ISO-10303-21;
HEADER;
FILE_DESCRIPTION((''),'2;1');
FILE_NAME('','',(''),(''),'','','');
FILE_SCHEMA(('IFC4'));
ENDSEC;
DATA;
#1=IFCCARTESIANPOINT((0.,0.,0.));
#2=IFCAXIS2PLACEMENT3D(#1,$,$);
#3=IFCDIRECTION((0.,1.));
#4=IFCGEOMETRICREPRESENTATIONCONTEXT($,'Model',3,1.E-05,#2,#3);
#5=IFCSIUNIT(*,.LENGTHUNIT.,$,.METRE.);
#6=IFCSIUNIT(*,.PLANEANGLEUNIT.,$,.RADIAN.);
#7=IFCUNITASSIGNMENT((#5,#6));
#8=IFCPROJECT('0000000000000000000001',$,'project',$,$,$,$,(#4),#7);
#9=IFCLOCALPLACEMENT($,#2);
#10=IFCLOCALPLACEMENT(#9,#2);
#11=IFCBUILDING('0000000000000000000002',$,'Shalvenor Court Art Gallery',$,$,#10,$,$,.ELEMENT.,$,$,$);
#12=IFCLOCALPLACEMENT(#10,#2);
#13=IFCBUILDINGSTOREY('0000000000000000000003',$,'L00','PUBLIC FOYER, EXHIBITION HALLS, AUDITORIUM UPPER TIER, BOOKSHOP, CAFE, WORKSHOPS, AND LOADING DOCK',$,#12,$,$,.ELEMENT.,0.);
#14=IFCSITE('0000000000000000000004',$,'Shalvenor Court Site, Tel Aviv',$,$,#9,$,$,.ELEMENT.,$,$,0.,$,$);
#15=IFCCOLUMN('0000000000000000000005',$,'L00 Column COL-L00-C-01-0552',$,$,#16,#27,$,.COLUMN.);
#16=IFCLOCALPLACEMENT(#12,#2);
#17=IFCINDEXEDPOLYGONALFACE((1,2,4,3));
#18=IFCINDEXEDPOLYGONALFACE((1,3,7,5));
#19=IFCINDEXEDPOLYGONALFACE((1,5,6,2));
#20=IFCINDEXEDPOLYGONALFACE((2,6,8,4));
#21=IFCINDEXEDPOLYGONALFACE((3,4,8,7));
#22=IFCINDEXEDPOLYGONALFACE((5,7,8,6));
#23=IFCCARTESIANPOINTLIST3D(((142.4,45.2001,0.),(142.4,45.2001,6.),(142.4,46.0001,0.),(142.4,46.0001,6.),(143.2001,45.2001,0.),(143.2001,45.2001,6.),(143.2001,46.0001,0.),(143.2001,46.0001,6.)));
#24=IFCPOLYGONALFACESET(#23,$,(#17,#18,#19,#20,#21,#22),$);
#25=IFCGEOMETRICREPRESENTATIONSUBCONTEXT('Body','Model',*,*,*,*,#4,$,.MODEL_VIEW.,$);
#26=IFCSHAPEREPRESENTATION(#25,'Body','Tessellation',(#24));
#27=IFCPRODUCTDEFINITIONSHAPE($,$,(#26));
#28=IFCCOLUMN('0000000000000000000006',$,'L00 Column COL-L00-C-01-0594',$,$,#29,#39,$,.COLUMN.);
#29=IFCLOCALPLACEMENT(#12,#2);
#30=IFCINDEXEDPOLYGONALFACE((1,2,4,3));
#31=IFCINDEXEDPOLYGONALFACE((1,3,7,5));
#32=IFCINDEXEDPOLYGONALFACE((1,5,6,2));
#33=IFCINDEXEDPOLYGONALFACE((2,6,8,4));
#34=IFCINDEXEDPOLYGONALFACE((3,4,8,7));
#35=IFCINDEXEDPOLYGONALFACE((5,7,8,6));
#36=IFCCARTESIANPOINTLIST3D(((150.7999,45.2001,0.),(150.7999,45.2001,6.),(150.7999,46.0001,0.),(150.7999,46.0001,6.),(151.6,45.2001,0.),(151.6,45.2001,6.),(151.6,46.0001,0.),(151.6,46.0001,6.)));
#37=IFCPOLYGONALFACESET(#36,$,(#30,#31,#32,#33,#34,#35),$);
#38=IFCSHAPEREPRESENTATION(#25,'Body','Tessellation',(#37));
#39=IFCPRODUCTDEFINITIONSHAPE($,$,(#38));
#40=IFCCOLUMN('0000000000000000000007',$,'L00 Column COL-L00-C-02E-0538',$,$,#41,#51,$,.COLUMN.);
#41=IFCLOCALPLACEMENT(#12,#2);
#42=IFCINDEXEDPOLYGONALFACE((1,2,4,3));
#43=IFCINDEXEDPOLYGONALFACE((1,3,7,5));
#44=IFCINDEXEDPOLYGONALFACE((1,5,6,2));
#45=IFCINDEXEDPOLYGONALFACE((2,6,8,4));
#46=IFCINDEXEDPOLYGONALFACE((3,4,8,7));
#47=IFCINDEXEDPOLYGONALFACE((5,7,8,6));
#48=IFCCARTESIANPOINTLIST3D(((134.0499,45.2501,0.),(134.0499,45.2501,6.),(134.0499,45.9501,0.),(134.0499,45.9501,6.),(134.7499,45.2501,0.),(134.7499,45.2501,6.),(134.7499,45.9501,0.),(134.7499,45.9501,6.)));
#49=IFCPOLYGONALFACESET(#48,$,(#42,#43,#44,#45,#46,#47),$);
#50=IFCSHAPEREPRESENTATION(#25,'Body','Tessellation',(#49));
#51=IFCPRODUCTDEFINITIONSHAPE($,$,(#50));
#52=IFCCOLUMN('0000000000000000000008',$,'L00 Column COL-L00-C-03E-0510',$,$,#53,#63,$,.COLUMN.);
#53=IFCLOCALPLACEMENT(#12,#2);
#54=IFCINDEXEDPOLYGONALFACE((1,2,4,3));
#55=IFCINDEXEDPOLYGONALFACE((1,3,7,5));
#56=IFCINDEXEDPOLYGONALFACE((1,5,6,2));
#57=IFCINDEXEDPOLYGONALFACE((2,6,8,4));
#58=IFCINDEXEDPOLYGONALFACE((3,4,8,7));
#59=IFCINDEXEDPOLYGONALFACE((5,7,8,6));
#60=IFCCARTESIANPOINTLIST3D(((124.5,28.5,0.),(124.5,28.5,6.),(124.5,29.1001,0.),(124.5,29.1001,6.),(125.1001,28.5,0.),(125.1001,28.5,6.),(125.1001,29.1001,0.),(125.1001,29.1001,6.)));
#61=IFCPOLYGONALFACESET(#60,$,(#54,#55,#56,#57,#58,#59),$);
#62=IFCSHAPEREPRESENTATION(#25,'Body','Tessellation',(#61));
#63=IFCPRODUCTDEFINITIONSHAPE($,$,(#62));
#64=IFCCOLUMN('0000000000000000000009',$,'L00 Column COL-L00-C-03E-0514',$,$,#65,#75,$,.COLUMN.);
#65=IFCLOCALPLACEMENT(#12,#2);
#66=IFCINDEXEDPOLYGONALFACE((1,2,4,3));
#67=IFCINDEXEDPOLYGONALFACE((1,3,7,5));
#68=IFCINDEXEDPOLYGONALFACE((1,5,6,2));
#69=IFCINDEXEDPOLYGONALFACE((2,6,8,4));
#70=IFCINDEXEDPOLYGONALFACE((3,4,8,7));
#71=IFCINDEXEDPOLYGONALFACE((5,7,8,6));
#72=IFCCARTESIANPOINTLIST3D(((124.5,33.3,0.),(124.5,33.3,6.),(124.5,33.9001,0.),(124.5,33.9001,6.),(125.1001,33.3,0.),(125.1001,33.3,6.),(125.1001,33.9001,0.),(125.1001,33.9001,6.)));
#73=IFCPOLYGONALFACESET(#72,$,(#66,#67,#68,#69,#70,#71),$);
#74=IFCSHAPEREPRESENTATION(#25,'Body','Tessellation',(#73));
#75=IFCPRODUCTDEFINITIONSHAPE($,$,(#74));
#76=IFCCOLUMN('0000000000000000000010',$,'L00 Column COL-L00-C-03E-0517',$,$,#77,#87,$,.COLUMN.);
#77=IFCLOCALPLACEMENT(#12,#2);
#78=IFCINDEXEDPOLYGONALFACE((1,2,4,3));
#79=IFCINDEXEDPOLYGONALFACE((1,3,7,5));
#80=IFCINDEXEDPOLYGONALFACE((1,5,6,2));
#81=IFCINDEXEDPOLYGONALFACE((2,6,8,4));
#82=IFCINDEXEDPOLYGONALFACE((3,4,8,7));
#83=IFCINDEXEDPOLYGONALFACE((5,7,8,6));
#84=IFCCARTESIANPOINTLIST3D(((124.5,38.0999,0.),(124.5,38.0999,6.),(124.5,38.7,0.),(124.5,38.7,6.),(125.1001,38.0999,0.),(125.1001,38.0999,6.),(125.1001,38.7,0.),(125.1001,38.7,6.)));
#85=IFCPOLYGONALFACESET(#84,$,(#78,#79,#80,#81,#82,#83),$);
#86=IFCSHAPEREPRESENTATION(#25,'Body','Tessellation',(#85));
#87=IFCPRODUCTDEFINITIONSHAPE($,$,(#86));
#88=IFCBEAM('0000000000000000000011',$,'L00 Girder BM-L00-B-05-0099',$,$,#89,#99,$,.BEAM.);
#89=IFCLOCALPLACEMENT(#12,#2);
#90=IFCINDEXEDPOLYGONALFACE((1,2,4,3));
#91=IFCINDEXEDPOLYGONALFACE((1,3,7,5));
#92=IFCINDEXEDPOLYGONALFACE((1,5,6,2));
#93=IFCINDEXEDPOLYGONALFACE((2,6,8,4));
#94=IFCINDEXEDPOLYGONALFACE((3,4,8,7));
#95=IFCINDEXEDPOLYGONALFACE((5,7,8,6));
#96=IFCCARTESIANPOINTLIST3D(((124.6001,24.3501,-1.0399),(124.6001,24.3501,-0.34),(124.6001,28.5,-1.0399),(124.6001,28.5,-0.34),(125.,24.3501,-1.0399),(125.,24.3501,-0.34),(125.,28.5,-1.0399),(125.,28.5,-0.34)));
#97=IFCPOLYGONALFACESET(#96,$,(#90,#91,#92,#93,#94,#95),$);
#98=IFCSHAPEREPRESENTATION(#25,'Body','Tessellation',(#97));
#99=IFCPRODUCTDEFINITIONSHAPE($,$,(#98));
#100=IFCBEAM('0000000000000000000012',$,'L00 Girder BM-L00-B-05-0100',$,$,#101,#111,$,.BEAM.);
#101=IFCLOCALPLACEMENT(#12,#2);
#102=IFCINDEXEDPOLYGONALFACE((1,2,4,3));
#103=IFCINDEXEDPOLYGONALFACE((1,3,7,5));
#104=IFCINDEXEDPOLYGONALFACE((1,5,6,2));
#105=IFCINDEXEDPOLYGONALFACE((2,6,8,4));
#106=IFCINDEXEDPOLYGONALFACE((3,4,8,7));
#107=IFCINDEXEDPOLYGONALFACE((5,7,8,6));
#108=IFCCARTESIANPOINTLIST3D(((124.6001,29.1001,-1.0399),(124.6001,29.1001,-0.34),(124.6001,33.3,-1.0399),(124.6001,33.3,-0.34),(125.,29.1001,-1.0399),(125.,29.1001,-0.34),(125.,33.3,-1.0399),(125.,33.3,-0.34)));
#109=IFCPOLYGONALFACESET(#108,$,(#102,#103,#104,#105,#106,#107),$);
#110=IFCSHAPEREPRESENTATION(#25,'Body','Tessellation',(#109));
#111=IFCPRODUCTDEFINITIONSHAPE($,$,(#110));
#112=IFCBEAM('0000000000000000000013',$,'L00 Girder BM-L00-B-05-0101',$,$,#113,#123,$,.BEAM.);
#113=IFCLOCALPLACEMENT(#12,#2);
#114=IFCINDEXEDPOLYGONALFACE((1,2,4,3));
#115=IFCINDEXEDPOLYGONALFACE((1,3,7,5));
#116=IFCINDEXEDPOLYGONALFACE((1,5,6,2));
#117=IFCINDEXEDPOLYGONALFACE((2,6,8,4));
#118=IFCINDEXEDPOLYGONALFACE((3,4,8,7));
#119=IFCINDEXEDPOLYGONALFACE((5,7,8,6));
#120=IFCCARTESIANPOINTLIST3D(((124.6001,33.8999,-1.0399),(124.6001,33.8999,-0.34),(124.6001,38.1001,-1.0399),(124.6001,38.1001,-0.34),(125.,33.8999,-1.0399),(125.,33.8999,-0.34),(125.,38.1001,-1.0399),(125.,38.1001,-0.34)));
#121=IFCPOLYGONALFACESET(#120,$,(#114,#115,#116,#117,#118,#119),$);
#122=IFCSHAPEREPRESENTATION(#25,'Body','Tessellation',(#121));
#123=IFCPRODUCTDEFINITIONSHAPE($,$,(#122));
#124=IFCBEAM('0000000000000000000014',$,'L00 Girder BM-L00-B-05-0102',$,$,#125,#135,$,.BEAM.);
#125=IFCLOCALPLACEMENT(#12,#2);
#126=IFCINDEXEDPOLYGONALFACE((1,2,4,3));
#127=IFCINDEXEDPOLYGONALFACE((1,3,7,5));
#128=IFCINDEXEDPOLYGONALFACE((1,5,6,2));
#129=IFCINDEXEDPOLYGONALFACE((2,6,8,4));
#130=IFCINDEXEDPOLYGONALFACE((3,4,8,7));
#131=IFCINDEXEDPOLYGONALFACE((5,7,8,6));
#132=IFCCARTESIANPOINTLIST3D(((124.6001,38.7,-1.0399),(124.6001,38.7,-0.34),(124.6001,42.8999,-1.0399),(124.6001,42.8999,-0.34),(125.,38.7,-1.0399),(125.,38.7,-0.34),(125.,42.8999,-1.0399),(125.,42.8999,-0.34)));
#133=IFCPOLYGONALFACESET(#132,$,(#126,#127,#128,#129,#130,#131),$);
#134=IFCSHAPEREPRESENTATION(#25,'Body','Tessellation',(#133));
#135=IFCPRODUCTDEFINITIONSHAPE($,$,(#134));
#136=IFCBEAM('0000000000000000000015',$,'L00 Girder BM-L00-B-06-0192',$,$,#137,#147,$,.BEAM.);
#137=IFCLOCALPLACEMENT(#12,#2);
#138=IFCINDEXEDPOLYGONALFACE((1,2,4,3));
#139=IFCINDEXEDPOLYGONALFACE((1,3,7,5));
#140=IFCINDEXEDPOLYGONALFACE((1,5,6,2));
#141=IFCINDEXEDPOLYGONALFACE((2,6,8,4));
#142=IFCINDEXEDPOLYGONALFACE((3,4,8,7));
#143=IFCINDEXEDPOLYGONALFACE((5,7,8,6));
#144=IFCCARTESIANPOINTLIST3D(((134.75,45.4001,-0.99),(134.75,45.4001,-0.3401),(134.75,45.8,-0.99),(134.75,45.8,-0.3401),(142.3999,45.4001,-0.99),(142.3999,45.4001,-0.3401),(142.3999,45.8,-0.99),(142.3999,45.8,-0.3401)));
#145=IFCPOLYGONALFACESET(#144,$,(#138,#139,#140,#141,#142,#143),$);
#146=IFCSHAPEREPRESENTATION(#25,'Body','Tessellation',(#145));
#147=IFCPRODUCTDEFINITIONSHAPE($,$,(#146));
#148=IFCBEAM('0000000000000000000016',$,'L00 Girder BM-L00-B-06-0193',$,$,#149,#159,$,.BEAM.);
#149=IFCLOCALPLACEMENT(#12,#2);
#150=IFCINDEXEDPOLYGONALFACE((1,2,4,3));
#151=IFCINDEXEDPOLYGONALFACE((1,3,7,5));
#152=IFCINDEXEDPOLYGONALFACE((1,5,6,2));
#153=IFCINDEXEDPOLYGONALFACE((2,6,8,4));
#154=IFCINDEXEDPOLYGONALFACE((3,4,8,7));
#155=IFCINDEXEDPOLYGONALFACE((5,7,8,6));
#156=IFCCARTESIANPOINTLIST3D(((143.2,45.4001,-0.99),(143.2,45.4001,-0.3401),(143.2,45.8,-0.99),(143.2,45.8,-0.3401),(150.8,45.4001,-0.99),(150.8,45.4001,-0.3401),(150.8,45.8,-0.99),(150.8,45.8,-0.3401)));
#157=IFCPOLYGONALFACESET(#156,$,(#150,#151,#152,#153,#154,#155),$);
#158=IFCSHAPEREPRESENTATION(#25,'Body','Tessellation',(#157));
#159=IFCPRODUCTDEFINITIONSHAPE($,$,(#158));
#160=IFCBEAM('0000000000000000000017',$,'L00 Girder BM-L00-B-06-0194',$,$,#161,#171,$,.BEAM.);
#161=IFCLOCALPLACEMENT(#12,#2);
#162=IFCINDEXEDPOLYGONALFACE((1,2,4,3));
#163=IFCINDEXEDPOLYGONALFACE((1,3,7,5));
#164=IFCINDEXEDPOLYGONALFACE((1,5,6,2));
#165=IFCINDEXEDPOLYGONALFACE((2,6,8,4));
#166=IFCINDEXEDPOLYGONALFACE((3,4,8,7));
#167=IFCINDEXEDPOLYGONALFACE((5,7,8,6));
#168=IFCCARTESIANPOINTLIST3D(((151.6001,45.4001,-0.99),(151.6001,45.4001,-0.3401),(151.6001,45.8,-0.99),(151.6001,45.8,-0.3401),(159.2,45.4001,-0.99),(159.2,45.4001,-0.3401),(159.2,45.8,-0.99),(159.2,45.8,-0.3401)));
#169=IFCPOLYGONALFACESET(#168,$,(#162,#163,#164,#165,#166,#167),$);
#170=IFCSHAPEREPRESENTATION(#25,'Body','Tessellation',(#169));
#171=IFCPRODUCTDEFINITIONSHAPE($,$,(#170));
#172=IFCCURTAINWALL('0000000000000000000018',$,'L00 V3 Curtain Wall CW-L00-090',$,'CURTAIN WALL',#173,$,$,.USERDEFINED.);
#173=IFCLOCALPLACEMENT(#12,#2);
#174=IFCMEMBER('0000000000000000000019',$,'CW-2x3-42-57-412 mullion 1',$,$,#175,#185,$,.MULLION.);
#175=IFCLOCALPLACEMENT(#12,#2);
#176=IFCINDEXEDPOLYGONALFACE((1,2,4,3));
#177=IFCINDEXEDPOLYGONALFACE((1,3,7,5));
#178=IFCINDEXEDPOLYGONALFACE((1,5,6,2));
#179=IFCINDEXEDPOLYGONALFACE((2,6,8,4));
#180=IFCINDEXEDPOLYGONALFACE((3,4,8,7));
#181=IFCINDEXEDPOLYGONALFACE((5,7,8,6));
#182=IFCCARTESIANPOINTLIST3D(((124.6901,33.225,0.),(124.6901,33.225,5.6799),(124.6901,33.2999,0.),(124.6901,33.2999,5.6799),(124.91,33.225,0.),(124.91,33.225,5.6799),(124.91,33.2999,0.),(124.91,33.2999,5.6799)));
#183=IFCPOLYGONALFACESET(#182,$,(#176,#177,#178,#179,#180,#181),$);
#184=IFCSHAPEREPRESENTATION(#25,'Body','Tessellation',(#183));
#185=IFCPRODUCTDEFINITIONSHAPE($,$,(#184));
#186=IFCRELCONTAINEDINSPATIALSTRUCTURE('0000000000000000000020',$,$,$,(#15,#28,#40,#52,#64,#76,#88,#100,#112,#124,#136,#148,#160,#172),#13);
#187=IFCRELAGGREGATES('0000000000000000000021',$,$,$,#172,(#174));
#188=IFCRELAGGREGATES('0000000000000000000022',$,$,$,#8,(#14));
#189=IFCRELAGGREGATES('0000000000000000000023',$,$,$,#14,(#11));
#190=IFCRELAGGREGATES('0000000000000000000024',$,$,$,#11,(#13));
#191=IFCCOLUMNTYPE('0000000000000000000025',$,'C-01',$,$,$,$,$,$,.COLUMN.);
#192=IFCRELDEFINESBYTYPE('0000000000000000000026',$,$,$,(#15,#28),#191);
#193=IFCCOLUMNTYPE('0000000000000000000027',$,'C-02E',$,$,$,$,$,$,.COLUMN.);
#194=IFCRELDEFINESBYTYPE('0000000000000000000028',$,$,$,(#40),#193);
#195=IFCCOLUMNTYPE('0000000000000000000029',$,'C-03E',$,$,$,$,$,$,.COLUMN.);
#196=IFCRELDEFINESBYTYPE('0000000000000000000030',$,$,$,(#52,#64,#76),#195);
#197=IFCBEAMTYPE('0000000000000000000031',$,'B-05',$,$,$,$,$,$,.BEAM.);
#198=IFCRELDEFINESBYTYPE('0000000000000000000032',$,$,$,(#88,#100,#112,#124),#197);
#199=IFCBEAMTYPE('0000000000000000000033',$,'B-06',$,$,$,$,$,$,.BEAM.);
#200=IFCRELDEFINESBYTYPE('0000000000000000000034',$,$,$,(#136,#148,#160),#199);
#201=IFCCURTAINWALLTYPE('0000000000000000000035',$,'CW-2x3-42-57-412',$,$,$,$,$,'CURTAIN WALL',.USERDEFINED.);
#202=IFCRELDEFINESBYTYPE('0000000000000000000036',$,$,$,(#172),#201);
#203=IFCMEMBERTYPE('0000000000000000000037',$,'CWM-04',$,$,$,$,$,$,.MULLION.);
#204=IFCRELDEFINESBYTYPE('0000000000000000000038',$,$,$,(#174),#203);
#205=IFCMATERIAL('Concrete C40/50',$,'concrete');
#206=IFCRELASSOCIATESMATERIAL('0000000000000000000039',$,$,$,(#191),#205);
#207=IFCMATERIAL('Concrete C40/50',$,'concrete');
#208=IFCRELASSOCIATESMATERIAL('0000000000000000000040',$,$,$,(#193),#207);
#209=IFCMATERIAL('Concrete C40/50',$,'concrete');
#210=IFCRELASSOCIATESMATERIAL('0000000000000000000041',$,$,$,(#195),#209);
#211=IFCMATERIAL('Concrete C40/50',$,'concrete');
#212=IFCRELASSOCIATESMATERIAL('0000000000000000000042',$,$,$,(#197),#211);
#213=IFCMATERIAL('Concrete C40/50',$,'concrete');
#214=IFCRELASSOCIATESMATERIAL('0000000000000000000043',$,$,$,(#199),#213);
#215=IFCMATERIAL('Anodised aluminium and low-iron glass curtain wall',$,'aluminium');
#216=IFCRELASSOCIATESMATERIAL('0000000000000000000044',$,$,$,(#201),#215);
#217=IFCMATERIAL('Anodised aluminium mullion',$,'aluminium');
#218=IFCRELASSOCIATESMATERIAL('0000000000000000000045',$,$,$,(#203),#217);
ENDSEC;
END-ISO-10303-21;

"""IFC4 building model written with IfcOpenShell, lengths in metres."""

from ifc_helpers import new_model, si_unit, direction, frame, origin, origin_2d, place, context, subcontext, project, spatial, rectangle, extrude, material, material_profile, profile_set, type_object, element, aggregate, save


model = new_model("IFC4")

# Units and contexts
model_context = context("Model", 3, precision=1e-05, world=origin(), true_north=direction((0.0, 1.0)))
body_context = subcontext(model_context, "Body", "Model", "MODEL_VIEW")
ifc_project = project(units=[si_unit("LENGTHUNIT", "METRE"), si_unit("PLANEANGLEUNIT", "RADIAN")], contexts=[model_context])

# Site, building, storey
site_placement = place(None, origin())
site = spatial("IfcSite", under=ifc_project, at=site_placement, Name="Shalvenor Court Site, Tel Aviv", CompositionType="ELEMENT", RefElevation=0.0)
building_placement = place(site_placement, origin())
building = spatial("IfcBuilding", under=site, at=building_placement, Name="Shalvenor Court Art Gallery", CompositionType="ELEMENT")
storey_placement = place(building_placement, origin())
storey = spatial("IfcBuildingStorey", under=building, at=storey_placement, Name="L00", Description="PUBLIC FOYER, EXHIBITION HALLS, AUDITORIUM UPPER TIER, BOOKSHOP, CAFE, WORKSHOPS, AND LOADING DOCK", CompositionType="ELEMENT", Elevation=0.0)

# Columns
ifc_material_1 = material(Name="Concrete C40/50", Category="concrete")
ifc_material_profile_1 = material_profile(ifc_material_1, rectangle(XDim=0.8, YDim=0.8, at=origin_2d()), Name="RC 800x800")
ifc_profile_set_1 = profile_set([ifc_material_profile_1], Name="Concrete C40/50")
column_type_1 = type_object("IfcColumnType", Name="C-01", PredefinedType="COLUMN", material=ifc_profile_set_1)
for number, where, z_axis, x_axis, name in (
    (1, (142.8, 45.6001, 0.0), (0.0, 0.0, 1.0), (1.0, 0.0, 0.0), "L00 Column COL-L00-C-01-0552"),
    (2, (151.2, 45.6001, 0.0), (0.0, 0.0, 1.0), (1.0, 0.0, 0.0), "L00 Column COL-L00-C-01-0594"),
):
    element("IfcColumn", number, at=place(storey_placement, frame(where, z_axis=z_axis, x_axis=x_axis)), inside=storey, type_object=column_type_1, Name=name, PredefinedType="COLUMN", context=body_context, shape_type="SweptSolid", body=[
        extrude(rectangle(XDim=0.8, YDim=0.8, at=origin_2d()), origin(), (0.0, 0.0, 1.0), 6.0),
    ])
ifc_material_2 = material(Name="Concrete C40/50", Category="concrete")
ifc_material_profile_2 = material_profile(ifc_material_2, rectangle(XDim=0.7, YDim=0.7, at=origin_2d()), Name="RC 700x700")
ifc_profile_set_2 = profile_set([ifc_material_profile_2], Name="Concrete C40/50")
column_type_2 = type_object("IfcColumnType", Name="C-02E", PredefinedType="COLUMN", material=ifc_profile_set_2)
column_placement = place(storey_placement, frame((134.3999, 45.6001, 0.0), z_axis=(0.0, 0.0, 1.0), x_axis=(1.0, 0.0, 0.0)))
element("IfcColumn", 3, at=column_placement, inside=storey, type_object=column_type_2, Name="L00 Column COL-L00-C-02E-0538", PredefinedType="COLUMN", context=body_context, shape_type="SweptSolid", body=[
    extrude(rectangle(XDim=0.7, YDim=0.7, at=origin_2d()), origin(), (0.0, 0.0, 1.0), 6.0),
])
ifc_material_3 = material(Name="Concrete C40/50", Category="concrete")
ifc_material_profile_3 = material_profile(ifc_material_3, rectangle(XDim=0.6001, YDim=0.6001, at=origin_2d()), Name="RC 600x600")
ifc_profile_set_3 = profile_set([ifc_material_profile_3], Name="Concrete C40/50")
column_type_3 = type_object("IfcColumnType", Name="C-03E", PredefinedType="COLUMN", material=ifc_profile_set_3)
for number, where, z_axis, x_axis, name in (
    (4, (124.8, 28.8, 0.0), (0.0, 0.0, 1.0), (1.0, 0.0, 0.0), "L00 Column COL-L00-C-03E-0510"),
    (5, (124.8, 33.6001, 0.0), (0.0, 0.0, 1.0), (1.0, 0.0, 0.0), "L00 Column COL-L00-C-03E-0514"),
    (6, (124.8, 38.3999, 0.0), (0.0, 0.0, 1.0), (1.0, 0.0, 0.0), "L00 Column COL-L00-C-03E-0517"),
):
    element("IfcColumn", number, at=place(storey_placement, frame(where, z_axis=z_axis, x_axis=x_axis)), inside=storey, type_object=column_type_3, Name=name, PredefinedType="COLUMN", context=body_context, shape_type="SweptSolid", body=[
        extrude(rectangle(XDim=0.6001, YDim=0.6001, at=origin_2d()), origin(), (0.0, 0.0, 1.0), 6.0),
    ])

# Beams
ifc_material_4 = material(Name="Concrete C40/50", Category="concrete")
ifc_material_profile_4 = material_profile(ifc_material_4, rectangle(XDim=0.3999, YDim=0.7, at=origin_2d()), Name="RC 400x700")
ifc_profile_set_4 = profile_set([ifc_material_profile_4], Name="Concrete C40/50")
beam_type_1 = type_object("IfcBeamType", Name="B-05", PredefinedType="BEAM", material=ifc_profile_set_4)
beam_1_placement = place(storey_placement, frame((124.8, 24.3501, -0.6899), z_axis=(0.0, 1.0, 0.0), x_axis=(-1.0, 0.0, 0.0)))
element("IfcBeam", 7, at=beam_1_placement, inside=storey, type_object=beam_type_1, Name="L00 Girder BM-L00-B-05-0099", PredefinedType="BEAM", context=body_context, shape_type="SweptSolid", body=[
    extrude(rectangle(XDim=0.3999, YDim=0.7, at=origin_2d()), origin(), (0.0, 0.0, 1.0), 4.1499),
])
beam_2_placement = place(storey_placement, frame((124.8, 29.1001, -0.6899), z_axis=(0.0, 1.0, 0.0), x_axis=(-1.0, 0.0, 0.0)))
element("IfcBeam", 8, at=beam_2_placement, inside=storey, type_object=beam_type_1, Name="L00 Girder BM-L00-B-05-0100", PredefinedType="BEAM", context=body_context, shape_type="SweptSolid", body=[
    extrude(rectangle(XDim=0.3999, YDim=0.7, at=origin_2d()), origin(), (0.0, 0.0, 1.0), 4.2),
])
beam_3_placement = place(storey_placement, frame((124.8, 33.8999, -0.6899), z_axis=(0.0, 1.0, 0.0), x_axis=(-1.0, 0.0, 0.0)))
element("IfcBeam", 9, at=beam_3_placement, inside=storey, type_object=beam_type_1, Name="L00 Girder BM-L00-B-05-0101", PredefinedType="BEAM", context=body_context, shape_type="SweptSolid", body=[
    extrude(rectangle(XDim=0.3999, YDim=0.7, at=origin_2d()), origin(), (0.0, 0.0, 1.0), 4.2002),
])
beam_4_placement = place(storey_placement, frame((124.8, 38.7, -0.6899), z_axis=(0.0, 1.0, 0.0), x_axis=(-1.0, 0.0, 0.0)))
element("IfcBeam", 10, at=beam_4_placement, inside=storey, type_object=beam_type_1, Name="L00 Girder BM-L00-B-05-0102", PredefinedType="BEAM", context=body_context, shape_type="SweptSolid", body=[
    extrude(rectangle(XDim=0.3999, YDim=0.7, at=origin_2d()), origin(), (0.0, 0.0, 1.0), 4.2),
])
ifc_material_5 = material(Name="Concrete C40/50", Category="concrete")
ifc_material_profile_5 = material_profile(ifc_material_5, rectangle(XDim=0.3999, YDim=0.6499, at=origin_2d()), Name="RC 400x650")
ifc_profile_set_5 = profile_set([ifc_material_profile_5], Name="Concrete C40/50")
beam_type_2 = type_object("IfcBeamType", Name="B-06", PredefinedType="BEAM", material=ifc_profile_set_5)
beam_5_placement = place(storey_placement, frame((134.75, 45.6001, -0.665), z_axis=(1.0, 0.0, 0.0), x_axis=(0.0, 1.0, 0.0)))
element("IfcBeam", 11, at=beam_5_placement, inside=storey, type_object=beam_type_2, Name="L00 Girder BM-L00-B-06-0192", PredefinedType="BEAM", context=body_context, shape_type="SweptSolid", body=[
    extrude(rectangle(XDim=0.3999, YDim=0.6499, at=origin_2d()), origin(), (0.0, 0.0, 1.0), 7.6499),
])
beam_6_placement = place(storey_placement, frame((143.2, 45.6001, -0.665), z_axis=(1.0, 0.0, 0.0), x_axis=(0.0, 1.0, 0.0)))
element("IfcBeam", 12, at=beam_6_placement, inside=storey, type_object=beam_type_2, Name="L00 Girder BM-L00-B-06-0193", PredefinedType="BEAM", context=body_context, shape_type="SweptSolid", body=[
    extrude(rectangle(XDim=0.3999, YDim=0.6499, at=origin_2d()), origin(), (0.0, 0.0, 1.0), 7.6001),
])
beam_7_placement = place(storey_placement, frame((151.6001, 45.6001, -0.665), z_axis=(1.0, 0.0, 0.0), x_axis=(0.0, 1.0, 0.0)))
element("IfcBeam", 13, at=beam_7_placement, inside=storey, type_object=beam_type_2, Name="L00 Girder BM-L00-B-06-0194", PredefinedType="BEAM", context=body_context, shape_type="SweptSolid", body=[
    extrude(rectangle(XDim=0.3999, YDim=0.6499, at=origin_2d()), origin(), (0.0, 0.0, 1.0), 7.5999),
])

# Curtain wall, member
ifc_material_6 = material(Name="Anodised aluminium and low-iron glass curtain wall", Category="aluminium")
curtain_wall_type = type_object("IfcCurtainWallType", Name="CW-2x3-42-57-412", ElementType="CURTAIN WALL", PredefinedType="USERDEFINED", material=ifc_material_6)
curtain_wall_placement = place(storey_placement, origin())
curtain_wall = element("IfcCurtainWall", 14, at=curtain_wall_placement, inside=storey, type_object=curtain_wall_type, Name="L00 V3 Curtain Wall CW-L00-090", ObjectType="CURTAIN WALL", PredefinedType="USERDEFINED")
ifc_material_7 = material(Name="Anodised aluminium mullion", Category="aluminium")
ifc_material_profile_6 = material_profile(ifc_material_7, rectangle(XDim=0.075, YDim=0.22, at=origin_2d()), Name="CWM-04")
ifc_profile_set_6 = profile_set([ifc_material_profile_6], Name="Anodised aluminium mullion")
member_type_1 = type_object("IfcMemberType", Name="CWM-04", PredefinedType="MULLION", material=ifc_profile_set_6)
member_1_placement = place(storey_placement, frame((124.8, 33.2625, 0.0), z_axis=(0.0, 0.0, 1.0), x_axis=(0.0, -1.0, 0.0)))
member_1 = element("IfcMember", 15, at=member_1_placement, type_object=member_type_1, Name="CW-2x3-42-57-412 mullion 1", PredefinedType="MULLION", context=body_context, shape_type="SweptSolid", body=[
    extrude(rectangle(XDim=0.075, YDim=0.22, at=origin_2d()), origin(), (0.0, 0.0, 1.0), 5.6799),
])
aggregate(curtain_wall, [member_1])

save(model, "model.ifc")
